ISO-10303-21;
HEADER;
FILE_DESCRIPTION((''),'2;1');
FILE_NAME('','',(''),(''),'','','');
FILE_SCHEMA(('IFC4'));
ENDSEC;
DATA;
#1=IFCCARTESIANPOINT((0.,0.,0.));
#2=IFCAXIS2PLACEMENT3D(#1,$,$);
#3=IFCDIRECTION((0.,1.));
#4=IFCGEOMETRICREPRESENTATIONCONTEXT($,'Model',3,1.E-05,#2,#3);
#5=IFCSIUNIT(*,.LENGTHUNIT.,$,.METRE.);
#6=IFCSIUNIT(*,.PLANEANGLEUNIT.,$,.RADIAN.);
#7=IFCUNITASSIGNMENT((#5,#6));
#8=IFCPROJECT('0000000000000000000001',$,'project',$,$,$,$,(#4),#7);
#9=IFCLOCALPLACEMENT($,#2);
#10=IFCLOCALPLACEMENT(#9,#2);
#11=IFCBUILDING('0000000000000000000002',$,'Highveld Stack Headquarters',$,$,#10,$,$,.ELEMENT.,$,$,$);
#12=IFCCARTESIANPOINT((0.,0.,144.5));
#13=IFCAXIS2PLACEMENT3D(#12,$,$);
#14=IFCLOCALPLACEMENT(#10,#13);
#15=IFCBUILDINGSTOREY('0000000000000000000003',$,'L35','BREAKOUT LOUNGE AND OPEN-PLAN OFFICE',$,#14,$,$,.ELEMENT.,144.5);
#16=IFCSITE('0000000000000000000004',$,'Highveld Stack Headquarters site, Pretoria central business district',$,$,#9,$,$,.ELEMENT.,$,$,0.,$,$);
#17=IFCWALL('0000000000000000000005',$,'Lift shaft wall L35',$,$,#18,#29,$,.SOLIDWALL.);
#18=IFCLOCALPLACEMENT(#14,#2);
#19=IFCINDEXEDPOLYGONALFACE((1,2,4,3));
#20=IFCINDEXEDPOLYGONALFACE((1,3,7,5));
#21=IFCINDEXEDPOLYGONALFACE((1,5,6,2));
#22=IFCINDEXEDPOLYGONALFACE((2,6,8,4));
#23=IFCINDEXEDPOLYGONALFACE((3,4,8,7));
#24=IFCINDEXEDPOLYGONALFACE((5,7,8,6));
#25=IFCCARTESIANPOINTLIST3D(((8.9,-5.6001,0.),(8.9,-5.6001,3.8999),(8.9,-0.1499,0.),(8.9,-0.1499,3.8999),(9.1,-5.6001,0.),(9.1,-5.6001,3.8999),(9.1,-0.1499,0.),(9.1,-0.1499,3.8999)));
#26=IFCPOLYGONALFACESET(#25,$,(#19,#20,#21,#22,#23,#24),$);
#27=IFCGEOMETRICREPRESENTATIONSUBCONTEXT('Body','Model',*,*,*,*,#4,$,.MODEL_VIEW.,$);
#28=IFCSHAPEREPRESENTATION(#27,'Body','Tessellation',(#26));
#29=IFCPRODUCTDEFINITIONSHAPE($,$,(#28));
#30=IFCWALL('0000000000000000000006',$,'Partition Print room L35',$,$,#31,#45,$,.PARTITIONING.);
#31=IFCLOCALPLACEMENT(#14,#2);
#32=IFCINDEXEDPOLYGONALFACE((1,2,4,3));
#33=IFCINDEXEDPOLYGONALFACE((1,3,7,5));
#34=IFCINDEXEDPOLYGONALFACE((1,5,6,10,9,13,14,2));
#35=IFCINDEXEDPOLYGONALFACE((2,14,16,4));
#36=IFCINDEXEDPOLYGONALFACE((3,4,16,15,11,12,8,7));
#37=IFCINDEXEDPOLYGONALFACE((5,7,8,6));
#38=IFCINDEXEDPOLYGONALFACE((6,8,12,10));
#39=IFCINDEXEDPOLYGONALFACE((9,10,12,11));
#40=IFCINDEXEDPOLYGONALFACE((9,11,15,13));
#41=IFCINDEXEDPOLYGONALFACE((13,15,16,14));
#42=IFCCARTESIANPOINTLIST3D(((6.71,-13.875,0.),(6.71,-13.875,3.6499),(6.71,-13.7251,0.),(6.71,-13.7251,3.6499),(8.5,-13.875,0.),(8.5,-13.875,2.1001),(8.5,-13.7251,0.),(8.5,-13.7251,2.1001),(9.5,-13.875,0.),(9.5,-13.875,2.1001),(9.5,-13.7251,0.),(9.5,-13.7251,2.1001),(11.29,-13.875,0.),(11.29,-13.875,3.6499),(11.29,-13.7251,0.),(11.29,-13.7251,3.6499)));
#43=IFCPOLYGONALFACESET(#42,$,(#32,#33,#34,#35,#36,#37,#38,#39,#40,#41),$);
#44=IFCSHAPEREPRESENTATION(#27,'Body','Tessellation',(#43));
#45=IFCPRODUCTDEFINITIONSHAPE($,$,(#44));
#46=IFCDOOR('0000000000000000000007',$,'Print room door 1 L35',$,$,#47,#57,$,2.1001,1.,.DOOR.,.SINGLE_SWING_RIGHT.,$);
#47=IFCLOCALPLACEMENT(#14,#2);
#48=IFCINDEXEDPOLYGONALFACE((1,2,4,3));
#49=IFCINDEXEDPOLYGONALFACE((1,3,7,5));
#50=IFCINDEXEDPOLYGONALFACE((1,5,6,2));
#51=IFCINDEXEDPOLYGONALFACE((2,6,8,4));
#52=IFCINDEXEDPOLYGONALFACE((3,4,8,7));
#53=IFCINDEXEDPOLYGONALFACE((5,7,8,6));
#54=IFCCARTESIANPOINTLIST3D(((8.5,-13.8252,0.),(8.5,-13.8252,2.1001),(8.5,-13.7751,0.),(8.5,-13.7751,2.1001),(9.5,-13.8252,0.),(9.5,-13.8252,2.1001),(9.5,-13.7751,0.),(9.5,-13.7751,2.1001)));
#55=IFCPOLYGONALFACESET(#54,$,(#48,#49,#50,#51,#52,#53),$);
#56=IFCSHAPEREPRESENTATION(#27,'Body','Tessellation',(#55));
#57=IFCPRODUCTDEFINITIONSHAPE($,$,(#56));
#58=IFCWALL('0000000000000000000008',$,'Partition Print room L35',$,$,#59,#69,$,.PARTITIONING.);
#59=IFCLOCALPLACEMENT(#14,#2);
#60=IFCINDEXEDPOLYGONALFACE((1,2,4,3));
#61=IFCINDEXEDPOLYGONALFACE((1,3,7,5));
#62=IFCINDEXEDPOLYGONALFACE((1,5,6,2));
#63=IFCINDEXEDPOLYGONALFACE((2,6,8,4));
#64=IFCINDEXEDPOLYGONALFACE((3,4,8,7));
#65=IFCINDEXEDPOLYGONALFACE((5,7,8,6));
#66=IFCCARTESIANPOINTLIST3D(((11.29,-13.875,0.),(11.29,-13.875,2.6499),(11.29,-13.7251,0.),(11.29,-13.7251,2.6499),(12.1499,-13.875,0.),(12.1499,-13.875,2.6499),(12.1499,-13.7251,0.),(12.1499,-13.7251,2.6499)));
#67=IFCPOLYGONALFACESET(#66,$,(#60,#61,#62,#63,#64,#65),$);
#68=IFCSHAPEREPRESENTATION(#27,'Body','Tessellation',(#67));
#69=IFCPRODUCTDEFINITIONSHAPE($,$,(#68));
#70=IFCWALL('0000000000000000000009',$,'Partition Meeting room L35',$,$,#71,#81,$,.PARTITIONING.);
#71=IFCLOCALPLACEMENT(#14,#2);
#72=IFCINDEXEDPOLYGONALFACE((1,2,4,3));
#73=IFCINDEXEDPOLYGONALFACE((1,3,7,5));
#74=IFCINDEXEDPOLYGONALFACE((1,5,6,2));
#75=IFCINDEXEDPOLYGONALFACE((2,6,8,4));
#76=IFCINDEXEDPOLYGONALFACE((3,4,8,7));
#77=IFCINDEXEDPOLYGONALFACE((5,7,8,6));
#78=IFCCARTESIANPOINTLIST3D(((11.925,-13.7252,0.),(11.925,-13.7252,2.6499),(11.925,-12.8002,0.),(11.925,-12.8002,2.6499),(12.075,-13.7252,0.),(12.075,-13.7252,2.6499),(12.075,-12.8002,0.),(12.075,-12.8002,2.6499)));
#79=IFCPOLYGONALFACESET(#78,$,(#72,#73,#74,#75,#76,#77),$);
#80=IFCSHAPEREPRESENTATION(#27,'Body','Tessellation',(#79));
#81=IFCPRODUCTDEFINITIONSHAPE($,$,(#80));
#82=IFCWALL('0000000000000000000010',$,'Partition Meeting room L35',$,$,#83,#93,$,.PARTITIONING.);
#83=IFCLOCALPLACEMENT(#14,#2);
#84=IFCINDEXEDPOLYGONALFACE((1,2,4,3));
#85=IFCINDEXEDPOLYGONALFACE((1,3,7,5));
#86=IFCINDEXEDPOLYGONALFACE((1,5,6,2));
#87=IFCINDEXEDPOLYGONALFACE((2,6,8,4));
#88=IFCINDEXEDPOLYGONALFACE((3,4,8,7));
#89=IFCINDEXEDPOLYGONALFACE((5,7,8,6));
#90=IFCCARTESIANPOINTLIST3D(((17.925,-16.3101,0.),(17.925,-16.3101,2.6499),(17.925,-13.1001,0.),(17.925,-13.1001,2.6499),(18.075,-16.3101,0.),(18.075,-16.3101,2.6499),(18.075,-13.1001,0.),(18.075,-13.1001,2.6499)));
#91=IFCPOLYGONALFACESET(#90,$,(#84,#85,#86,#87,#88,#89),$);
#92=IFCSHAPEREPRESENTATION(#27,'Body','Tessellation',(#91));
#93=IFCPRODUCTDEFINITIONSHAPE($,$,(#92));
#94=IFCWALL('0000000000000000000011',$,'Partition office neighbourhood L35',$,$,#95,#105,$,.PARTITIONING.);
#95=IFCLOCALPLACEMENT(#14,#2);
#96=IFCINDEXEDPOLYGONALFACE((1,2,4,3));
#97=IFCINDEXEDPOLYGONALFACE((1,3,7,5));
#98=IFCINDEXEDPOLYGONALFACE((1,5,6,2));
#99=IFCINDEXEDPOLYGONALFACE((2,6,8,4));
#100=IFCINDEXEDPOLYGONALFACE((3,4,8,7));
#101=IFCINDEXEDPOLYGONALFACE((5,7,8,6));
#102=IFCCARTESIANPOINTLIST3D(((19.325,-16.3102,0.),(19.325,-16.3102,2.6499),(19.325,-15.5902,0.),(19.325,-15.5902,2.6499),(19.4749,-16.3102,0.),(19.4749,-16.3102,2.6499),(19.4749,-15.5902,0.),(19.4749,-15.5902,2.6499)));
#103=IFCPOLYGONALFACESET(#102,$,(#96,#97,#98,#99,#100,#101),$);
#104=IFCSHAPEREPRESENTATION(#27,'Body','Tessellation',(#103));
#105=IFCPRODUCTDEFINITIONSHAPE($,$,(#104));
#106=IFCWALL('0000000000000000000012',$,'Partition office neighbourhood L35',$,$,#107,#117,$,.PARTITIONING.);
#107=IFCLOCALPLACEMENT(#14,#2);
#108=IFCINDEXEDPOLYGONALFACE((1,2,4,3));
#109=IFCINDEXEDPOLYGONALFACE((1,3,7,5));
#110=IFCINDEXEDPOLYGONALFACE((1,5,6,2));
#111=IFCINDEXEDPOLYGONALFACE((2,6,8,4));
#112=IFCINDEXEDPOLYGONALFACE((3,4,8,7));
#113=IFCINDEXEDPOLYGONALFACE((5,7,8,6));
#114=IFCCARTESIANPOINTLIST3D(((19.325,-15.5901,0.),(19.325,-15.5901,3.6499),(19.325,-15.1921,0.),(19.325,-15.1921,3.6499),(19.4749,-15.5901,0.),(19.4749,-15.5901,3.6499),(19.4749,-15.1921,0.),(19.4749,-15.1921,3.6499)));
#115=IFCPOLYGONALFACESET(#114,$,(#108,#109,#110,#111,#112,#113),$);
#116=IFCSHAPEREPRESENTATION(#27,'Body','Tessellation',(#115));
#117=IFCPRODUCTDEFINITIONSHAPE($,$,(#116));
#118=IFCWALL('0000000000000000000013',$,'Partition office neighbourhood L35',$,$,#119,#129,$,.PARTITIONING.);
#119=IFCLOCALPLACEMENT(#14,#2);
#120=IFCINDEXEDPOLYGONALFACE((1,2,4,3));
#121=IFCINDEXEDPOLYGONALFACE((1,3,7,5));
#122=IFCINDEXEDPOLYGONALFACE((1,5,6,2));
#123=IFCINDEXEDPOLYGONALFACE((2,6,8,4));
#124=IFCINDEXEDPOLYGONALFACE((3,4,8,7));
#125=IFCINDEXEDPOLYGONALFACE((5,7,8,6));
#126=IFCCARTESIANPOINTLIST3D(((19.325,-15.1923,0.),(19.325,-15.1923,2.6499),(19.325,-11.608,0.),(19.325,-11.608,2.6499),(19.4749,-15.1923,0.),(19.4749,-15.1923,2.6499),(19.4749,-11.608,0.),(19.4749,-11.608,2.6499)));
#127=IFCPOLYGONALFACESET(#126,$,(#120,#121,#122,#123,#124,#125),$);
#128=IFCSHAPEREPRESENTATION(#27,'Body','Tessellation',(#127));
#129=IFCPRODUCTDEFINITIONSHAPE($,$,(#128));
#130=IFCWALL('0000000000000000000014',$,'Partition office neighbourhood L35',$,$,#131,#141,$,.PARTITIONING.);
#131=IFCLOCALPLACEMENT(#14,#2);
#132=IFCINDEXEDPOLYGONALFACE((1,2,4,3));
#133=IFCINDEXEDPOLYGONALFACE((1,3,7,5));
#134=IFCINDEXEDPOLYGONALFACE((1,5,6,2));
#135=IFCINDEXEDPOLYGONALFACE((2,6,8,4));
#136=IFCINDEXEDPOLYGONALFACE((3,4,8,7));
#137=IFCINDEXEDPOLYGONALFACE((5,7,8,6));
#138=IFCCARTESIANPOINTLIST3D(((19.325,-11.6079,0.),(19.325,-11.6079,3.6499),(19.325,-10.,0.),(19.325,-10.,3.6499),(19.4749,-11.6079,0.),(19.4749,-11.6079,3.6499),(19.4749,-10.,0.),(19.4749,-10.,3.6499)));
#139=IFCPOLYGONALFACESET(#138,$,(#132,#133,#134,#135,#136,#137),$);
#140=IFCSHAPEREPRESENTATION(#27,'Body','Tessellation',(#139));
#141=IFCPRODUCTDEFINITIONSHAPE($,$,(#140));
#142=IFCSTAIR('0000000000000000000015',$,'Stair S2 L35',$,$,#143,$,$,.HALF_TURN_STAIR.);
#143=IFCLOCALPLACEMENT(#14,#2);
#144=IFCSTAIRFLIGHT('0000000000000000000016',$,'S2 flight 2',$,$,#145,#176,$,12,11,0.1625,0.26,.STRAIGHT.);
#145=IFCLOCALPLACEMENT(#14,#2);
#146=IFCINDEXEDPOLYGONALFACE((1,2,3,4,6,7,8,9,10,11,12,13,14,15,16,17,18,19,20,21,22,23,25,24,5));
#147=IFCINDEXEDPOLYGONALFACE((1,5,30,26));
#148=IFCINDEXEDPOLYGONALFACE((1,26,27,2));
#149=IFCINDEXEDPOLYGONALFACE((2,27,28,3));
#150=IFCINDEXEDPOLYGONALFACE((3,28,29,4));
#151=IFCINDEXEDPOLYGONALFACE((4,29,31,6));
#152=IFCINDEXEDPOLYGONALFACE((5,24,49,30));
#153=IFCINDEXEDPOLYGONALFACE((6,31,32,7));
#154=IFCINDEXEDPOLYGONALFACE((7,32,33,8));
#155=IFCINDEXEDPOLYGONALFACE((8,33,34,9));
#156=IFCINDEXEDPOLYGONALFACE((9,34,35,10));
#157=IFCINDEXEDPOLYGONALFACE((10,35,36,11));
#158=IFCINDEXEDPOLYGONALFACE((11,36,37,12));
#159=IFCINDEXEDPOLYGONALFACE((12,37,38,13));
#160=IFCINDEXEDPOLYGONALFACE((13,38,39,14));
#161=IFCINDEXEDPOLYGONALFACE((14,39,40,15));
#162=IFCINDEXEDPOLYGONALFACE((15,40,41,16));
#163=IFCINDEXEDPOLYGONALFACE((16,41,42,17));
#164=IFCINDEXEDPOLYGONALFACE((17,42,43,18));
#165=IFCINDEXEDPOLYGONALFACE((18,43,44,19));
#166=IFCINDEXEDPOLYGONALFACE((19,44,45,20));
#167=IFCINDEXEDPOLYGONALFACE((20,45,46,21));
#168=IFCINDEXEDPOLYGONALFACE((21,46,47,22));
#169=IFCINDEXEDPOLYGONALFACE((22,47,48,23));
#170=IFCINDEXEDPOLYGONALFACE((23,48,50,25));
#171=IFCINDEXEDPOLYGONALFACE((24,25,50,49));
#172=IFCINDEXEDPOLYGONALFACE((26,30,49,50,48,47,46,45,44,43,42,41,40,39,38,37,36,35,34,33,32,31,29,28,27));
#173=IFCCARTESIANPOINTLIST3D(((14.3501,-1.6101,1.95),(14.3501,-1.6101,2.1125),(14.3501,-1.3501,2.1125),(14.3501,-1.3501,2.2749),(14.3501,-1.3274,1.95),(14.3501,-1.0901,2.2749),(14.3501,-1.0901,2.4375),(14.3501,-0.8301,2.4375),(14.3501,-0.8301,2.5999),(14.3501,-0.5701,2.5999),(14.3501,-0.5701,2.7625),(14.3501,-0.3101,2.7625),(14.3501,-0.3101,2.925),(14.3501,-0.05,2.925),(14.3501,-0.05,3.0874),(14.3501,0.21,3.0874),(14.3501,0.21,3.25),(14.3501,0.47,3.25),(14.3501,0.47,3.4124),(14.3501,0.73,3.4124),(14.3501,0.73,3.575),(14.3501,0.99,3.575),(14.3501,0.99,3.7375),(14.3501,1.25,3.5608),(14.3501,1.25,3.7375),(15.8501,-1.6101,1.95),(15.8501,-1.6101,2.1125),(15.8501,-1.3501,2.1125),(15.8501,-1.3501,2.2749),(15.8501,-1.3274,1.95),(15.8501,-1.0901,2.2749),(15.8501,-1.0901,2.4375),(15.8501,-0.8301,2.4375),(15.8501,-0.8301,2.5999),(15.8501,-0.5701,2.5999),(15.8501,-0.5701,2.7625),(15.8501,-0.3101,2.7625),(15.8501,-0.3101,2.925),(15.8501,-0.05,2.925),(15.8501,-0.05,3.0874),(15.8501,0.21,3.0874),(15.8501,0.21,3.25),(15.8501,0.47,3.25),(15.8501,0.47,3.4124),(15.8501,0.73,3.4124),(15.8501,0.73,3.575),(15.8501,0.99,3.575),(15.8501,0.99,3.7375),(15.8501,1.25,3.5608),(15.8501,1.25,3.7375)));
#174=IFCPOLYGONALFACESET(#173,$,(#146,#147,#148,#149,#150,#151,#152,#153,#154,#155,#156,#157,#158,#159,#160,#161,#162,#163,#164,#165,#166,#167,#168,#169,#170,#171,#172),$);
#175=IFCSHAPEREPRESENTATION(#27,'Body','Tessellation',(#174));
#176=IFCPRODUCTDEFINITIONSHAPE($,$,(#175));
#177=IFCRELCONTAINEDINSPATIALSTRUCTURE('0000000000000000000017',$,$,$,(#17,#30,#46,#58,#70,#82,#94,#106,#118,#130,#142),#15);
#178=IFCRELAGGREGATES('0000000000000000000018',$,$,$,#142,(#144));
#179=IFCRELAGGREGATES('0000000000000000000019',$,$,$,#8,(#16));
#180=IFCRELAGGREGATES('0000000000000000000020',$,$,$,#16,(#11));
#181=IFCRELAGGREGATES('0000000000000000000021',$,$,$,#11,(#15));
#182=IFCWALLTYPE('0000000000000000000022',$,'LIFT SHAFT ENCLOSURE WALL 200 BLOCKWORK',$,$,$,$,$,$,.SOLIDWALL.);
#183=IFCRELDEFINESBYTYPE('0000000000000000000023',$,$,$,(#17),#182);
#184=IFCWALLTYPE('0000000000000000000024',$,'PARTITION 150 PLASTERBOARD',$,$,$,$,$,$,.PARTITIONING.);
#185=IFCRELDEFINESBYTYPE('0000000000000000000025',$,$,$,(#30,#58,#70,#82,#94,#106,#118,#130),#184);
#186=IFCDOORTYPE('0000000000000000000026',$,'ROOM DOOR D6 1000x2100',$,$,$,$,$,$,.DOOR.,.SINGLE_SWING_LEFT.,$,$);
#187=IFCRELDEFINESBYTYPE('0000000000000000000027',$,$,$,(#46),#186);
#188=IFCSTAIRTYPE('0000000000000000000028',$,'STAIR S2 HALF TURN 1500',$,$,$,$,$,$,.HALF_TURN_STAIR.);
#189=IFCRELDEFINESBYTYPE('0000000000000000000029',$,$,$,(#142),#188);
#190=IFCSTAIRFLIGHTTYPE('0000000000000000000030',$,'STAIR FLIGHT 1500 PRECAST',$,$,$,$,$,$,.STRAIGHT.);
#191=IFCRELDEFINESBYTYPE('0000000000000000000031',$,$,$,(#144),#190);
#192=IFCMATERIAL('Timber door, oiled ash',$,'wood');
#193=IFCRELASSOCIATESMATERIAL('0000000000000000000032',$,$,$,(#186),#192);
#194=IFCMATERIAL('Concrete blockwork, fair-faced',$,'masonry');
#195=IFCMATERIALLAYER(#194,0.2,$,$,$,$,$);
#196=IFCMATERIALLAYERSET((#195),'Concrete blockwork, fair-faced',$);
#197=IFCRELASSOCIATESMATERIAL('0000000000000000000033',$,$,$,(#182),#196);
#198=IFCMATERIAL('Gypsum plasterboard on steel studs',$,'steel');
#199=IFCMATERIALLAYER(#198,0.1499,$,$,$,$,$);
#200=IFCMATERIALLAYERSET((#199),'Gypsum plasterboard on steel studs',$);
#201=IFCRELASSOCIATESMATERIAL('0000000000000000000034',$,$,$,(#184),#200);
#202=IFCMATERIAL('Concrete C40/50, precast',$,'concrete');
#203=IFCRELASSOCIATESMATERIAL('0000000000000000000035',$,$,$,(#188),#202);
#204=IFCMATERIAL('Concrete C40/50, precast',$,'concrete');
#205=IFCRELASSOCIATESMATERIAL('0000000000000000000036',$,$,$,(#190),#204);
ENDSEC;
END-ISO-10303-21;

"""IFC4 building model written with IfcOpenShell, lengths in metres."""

from ifc_helpers import new_model, si_unit, direction, frame, frame_2d, origin, place, context, subcontext, project, spatial, polyline, rectangle, outline, extrude, material, layer, layer_set, type_object, element, fill, aggregate, save


model = new_model("IFC4")

# Units and contexts
model_context = context("Model", 3, precision=1e-05, world=origin(), true_north=direction((0.0, 1.0)))
body_context = subcontext(model_context, "Body", "Model", "MODEL_VIEW")
ifc_project = project(units=[si_unit("LENGTHUNIT", "METRE"), si_unit("PLANEANGLEUNIT", "RADIAN")], contexts=[model_context])

# Site, building, storey
site_placement = place(None, origin())
site = spatial("IfcSite", under=ifc_project, at=site_placement, Name="Highveld Stack Headquarters site, Pretoria central business district", CompositionType="ELEMENT", RefElevation=0.0)
building_placement = place(site_placement, origin())
building = spatial("IfcBuilding", under=site, at=building_placement, Name="Highveld Stack Headquarters", CompositionType="ELEMENT")
storey_placement = place(building_placement, frame((0.0, 0.0, 144.5)))
storey = spatial("IfcBuildingStorey", under=building, at=storey_placement, Name="L35", Description="BREAKOUT LOUNGE AND OPEN-PLAN OFFICE", CompositionType="ELEMENT", Elevation=144.5)

# Shared definitions
ifc_material_1 = material(Name="Timber door, oiled ash", Category="wood")
door_type_1 = type_object("IfcDoorType", Name="ROOM DOOR D6 1000x2100", OperationType="SINGLE_SWING_LEFT", PredefinedType="DOOR", material=ifc_material_1)

# Wall
ifc_material_2 = material(Name="Concrete blockwork, fair-faced", Category="masonry")
ifc_layer_1 = layer(ifc_material_2, 0.2)
ifc_layer_set_1 = layer_set([ifc_layer_1], Name="Concrete blockwork, fair-faced")
wall_type_1 = type_object("IfcWallType", Name="LIFT SHAFT ENCLOSURE WALL 200 BLOCKWORK", PredefinedType="SOLIDWALL", material=ifc_layer_set_1)
wall_1_placement = place(storey_placement, frame((9.0, -5.6001, 0.0), z_axis=(0.0, 0.0, 1.0), x_axis=(0.0, 1.0, 0.0)))
element("IfcWall", 1, at=wall_1_placement, inside=storey, type_object=wall_type_1, Name="Lift shaft wall L35", PredefinedType="SOLIDWALL", context=body_context, shape_type="SweptSolid", body=[
    extrude(rectangle(XDim=5.4502, YDim=0.2, at=frame_2d((2.7251, 0.0))), origin(), (0.0, 0.0, 1.0), 3.8999),
])

# Wall, opening, door
ifc_material_3 = material(Name="Gypsum plasterboard on steel studs", Category="steel")
ifc_layer_2 = layer(ifc_material_3, 0.1499)
ifc_layer_set_2 = layer_set([ifc_layer_2], Name="Gypsum plasterboard on steel studs")
wall_type_2 = type_object("IfcWallType", Name="PARTITION 150 PLASTERBOARD", PredefinedType="PARTITIONING", material=ifc_layer_set_2)
wall_2_placement = place(storey_placement, frame((6.71, -13.8, 0.0), z_axis=(0.0, 0.0, 1.0), x_axis=(1.0, 0.0, 0.0)))
wall_2 = element("IfcWall", 2, at=wall_2_placement, inside=storey, type_object=wall_type_2, Name="Partition Print room L35", PredefinedType="PARTITIONING", context=body_context, shape_type="SweptSolid", body=[
    extrude(rectangle(XDim=4.5801, YDim=0.1499, at=frame_2d((2.29, 0.0))), origin(), (0.0, 0.0, 1.0), 3.6499),
])
opening_1_placement = place(wall_2_placement, frame((1.79, 0.0, 0.0)))
opening_1 = element("IfcOpeningElement", 3, at=opening_1_placement, cuts=wall_2, PredefinedType="OPENING", context=body_context, shape_type="SweptSolid", body=[
    extrude(rectangle(XDim=1.0, YDim=2.1001, at=frame_2d((0.5, 1.05))), frame((0.0, 0.085, 0.0), z_axis=(0.0, -1.0, 0.0), x_axis=(1.0, 0.0, 0.0)), (0.0, 0.0, 1.0), 0.1699),
])
door_1_placement = place(opening_1_placement, origin())
door_1 = element("IfcDoor", 4, at=door_1_placement, inside=storey, type_object=door_type_1, Name="Print room door 1 L35", OperationType="SINGLE_SWING_RIGHT", OverallHeight=2.1001, OverallWidth=1.0, PredefinedType="DOOR", context=body_context, shape_type="SweptSolid", body=[
    extrude(rectangle(XDim=1.0, YDim=2.1001, at=frame_2d((0.5, 1.05))), frame((0.0, 0.0249, 0.0), z_axis=(0.0, -1.0, 0.0), x_axis=(1.0, 0.0, 0.0)), (0.0, 0.0, 1.0), 0.05),
])
fill(opening_1, door_1)

# Walls
wall_3_placement = place(storey_placement, frame((11.29, -13.8, 0.0), z_axis=(0.0, 0.0, 1.0), x_axis=(1.0, 0.0, 0.0)))
element("IfcWall", 5, at=wall_3_placement, inside=storey, type_object=wall_type_2, Name="Partition Print room L35", PredefinedType="PARTITIONING", context=body_context, shape_type="SweptSolid", body=[
    extrude(rectangle(XDim=0.8599, YDim=0.1499, at=frame_2d((0.4299, 0.0))), origin(), (0.0, 0.0, 1.0), 2.6499),
])
wall_4_placement = place(storey_placement, frame((12.0, -13.7251, 0.0), z_axis=(0.0, 0.0, 1.0), x_axis=(0.0, 1.0, 0.0)))
element("IfcWall", 6, at=wall_4_placement, inside=storey, type_object=wall_type_2, Name="Partition Meeting room L35", PredefinedType="PARTITIONING", context=body_context, shape_type="SweptSolid", body=[
    extrude(rectangle(XDim=0.925, YDim=0.1499, at=frame_2d((0.4624, 0.0))), origin(), (0.0, 0.0, 1.0), 2.6499),
])
wall_5_placement = place(storey_placement, frame((18.0, -16.3101, 0.0), z_axis=(0.0, 0.0, 1.0), x_axis=(0.0, 1.0, 0.0)))
element("IfcWall", 7, at=wall_5_placement, inside=storey, type_object=wall_type_2, Name="Partition Meeting room L35", PredefinedType="PARTITIONING", context=body_context, shape_type="SweptSolid", body=[
    extrude(rectangle(XDim=3.21, YDim=0.1499, at=frame_2d((1.605, 0.0))), origin(), (0.0, 0.0, 1.0), 2.6499),
])
wall_6_placement = place(storey_placement, frame((19.3999, -16.3101, 0.0), z_axis=(0.0, 0.0, 1.0), x_axis=(0.0, 1.0, 0.0)))
element("IfcWall", 8, at=wall_6_placement, inside=storey, type_object=wall_type_2, Name="Partition office neighbourhood L35", PredefinedType="PARTITIONING", context=body_context, shape_type="SweptSolid", body=[
    extrude(rectangle(XDim=0.72, YDim=0.1499, at=frame_2d((0.3599, 0.0))), origin(), (0.0, 0.0, 1.0), 2.6499),
])
wall_7_placement = place(storey_placement, frame((19.3999, -15.5901, 0.0), z_axis=(0.0, 0.0, 1.0), x_axis=(0.0, 1.0, 0.0)))
element("IfcWall", 9, at=wall_7_placement, inside=storey, type_object=wall_type_2, Name="Partition office neighbourhood L35", PredefinedType="PARTITIONING", context=body_context, shape_type="SweptSolid", body=[
    extrude(rectangle(XDim=0.3979, YDim=0.1499, at=frame_2d((0.199, 0.0))), origin(), (0.0, 0.0, 1.0), 3.6499),
])
wall_8_placement = place(storey_placement, frame((19.3999, -15.1921, 0.0), z_axis=(0.0, 0.0, 1.0), x_axis=(0.0, 1.0, 0.0)))
element("IfcWall", 10, at=wall_8_placement, inside=storey, type_object=wall_type_2, Name="Partition office neighbourhood L35", PredefinedType="PARTITIONING", context=body_context, shape_type="SweptSolid", body=[
    extrude(rectangle(XDim=3.5842, YDim=0.1499, at=frame_2d((1.792, 0.0))), origin(), (0.0, 0.0, 1.0), 2.6499),
])
wall_9_placement = place(storey_placement, frame((19.3999, -11.6079, 0.0), z_axis=(0.0, 0.0, 1.0), x_axis=(0.0, 1.0, 0.0)))
element("IfcWall", 11, at=wall_9_placement, inside=storey, type_object=wall_type_2, Name="Partition office neighbourhood L35", PredefinedType="PARTITIONING", context=body_context, shape_type="SweptSolid", body=[
    extrude(rectangle(XDim=1.6079, YDim=0.1499, at=frame_2d((0.804, 0.0))), origin(), (0.0, 0.0, 1.0), 3.6499),
])

# Stair, stair flight
ifc_material_4 = material(Name="Concrete C40/50, precast", Category="concrete")
stair_type = type_object("IfcStairType", Name="STAIR S2 HALF TURN 1500", PredefinedType="HALF_TURN_STAIR", material=ifc_material_4)
stair_placement = place(storey_placement, origin())
stair = element("IfcStair", 12, at=stair_placement, inside=storey, type_object=stair_type, Name="Stair S2 L35", PredefinedType="HALF_TURN_STAIR")
ifc_material_5 = material(Name="Concrete C40/50, precast", Category="concrete")
stair_flight_type = type_object("IfcStairFlightType", Name="STAIR FLIGHT 1500 PRECAST", PredefinedType="STRAIGHT", material=ifc_material_5)
stair_flight_placement = place(storey_placement, frame((15.1001, -1.6101, 1.95), z_axis=(0.0, 0.0, 1.0), x_axis=(0.0, 1.0, 0.0)))
stair_flight = element("IfcStairFlight", 13, at=stair_flight_placement, type_object=stair_flight_type, Name="S2 flight 2", NumberOfRisers=12, NumberOfTreads=11, PredefinedType="STRAIGHT", RiserHeight=0.1625, TreadLength=0.26, context=body_context, shape_type="SweptSolid", body=[
    extrude(outline(polyline([(0.0, 0.0), (0.0, 0.1626), (0.26, 0.1626), (0.26, 0.325), (0.52, 0.325), (0.52, 0.4875), (0.78, 0.4875), (0.78, 0.6499), (1.04, 0.6499), (1.04, 0.8125), (1.3, 0.8125), (1.3, 0.9751), (1.5601, 0.9751), (1.5601, 1.1375), (1.8201, 1.1375), (1.8201, 1.3), (2.0801, 1.3), (2.0801, 1.4624), (2.3401, 1.4624), (2.3401, 1.625), (2.6001, 1.625), (2.6001, 1.7876), (2.8601, 1.7876), (2.8601, 1.95), (2.8601, 1.6108), (0.2827, 0.0), (0.0, 0.0)])), frame((0.0, 0.75, 0.0), z_axis=(0.0, -1.0, 0.0), x_axis=(1.0, 0.0, 0.0)), (0.0, 0.0, 1.0), 1.5),
])
aggregate(stair, [stair_flight])

save(model, "model.ifc")
